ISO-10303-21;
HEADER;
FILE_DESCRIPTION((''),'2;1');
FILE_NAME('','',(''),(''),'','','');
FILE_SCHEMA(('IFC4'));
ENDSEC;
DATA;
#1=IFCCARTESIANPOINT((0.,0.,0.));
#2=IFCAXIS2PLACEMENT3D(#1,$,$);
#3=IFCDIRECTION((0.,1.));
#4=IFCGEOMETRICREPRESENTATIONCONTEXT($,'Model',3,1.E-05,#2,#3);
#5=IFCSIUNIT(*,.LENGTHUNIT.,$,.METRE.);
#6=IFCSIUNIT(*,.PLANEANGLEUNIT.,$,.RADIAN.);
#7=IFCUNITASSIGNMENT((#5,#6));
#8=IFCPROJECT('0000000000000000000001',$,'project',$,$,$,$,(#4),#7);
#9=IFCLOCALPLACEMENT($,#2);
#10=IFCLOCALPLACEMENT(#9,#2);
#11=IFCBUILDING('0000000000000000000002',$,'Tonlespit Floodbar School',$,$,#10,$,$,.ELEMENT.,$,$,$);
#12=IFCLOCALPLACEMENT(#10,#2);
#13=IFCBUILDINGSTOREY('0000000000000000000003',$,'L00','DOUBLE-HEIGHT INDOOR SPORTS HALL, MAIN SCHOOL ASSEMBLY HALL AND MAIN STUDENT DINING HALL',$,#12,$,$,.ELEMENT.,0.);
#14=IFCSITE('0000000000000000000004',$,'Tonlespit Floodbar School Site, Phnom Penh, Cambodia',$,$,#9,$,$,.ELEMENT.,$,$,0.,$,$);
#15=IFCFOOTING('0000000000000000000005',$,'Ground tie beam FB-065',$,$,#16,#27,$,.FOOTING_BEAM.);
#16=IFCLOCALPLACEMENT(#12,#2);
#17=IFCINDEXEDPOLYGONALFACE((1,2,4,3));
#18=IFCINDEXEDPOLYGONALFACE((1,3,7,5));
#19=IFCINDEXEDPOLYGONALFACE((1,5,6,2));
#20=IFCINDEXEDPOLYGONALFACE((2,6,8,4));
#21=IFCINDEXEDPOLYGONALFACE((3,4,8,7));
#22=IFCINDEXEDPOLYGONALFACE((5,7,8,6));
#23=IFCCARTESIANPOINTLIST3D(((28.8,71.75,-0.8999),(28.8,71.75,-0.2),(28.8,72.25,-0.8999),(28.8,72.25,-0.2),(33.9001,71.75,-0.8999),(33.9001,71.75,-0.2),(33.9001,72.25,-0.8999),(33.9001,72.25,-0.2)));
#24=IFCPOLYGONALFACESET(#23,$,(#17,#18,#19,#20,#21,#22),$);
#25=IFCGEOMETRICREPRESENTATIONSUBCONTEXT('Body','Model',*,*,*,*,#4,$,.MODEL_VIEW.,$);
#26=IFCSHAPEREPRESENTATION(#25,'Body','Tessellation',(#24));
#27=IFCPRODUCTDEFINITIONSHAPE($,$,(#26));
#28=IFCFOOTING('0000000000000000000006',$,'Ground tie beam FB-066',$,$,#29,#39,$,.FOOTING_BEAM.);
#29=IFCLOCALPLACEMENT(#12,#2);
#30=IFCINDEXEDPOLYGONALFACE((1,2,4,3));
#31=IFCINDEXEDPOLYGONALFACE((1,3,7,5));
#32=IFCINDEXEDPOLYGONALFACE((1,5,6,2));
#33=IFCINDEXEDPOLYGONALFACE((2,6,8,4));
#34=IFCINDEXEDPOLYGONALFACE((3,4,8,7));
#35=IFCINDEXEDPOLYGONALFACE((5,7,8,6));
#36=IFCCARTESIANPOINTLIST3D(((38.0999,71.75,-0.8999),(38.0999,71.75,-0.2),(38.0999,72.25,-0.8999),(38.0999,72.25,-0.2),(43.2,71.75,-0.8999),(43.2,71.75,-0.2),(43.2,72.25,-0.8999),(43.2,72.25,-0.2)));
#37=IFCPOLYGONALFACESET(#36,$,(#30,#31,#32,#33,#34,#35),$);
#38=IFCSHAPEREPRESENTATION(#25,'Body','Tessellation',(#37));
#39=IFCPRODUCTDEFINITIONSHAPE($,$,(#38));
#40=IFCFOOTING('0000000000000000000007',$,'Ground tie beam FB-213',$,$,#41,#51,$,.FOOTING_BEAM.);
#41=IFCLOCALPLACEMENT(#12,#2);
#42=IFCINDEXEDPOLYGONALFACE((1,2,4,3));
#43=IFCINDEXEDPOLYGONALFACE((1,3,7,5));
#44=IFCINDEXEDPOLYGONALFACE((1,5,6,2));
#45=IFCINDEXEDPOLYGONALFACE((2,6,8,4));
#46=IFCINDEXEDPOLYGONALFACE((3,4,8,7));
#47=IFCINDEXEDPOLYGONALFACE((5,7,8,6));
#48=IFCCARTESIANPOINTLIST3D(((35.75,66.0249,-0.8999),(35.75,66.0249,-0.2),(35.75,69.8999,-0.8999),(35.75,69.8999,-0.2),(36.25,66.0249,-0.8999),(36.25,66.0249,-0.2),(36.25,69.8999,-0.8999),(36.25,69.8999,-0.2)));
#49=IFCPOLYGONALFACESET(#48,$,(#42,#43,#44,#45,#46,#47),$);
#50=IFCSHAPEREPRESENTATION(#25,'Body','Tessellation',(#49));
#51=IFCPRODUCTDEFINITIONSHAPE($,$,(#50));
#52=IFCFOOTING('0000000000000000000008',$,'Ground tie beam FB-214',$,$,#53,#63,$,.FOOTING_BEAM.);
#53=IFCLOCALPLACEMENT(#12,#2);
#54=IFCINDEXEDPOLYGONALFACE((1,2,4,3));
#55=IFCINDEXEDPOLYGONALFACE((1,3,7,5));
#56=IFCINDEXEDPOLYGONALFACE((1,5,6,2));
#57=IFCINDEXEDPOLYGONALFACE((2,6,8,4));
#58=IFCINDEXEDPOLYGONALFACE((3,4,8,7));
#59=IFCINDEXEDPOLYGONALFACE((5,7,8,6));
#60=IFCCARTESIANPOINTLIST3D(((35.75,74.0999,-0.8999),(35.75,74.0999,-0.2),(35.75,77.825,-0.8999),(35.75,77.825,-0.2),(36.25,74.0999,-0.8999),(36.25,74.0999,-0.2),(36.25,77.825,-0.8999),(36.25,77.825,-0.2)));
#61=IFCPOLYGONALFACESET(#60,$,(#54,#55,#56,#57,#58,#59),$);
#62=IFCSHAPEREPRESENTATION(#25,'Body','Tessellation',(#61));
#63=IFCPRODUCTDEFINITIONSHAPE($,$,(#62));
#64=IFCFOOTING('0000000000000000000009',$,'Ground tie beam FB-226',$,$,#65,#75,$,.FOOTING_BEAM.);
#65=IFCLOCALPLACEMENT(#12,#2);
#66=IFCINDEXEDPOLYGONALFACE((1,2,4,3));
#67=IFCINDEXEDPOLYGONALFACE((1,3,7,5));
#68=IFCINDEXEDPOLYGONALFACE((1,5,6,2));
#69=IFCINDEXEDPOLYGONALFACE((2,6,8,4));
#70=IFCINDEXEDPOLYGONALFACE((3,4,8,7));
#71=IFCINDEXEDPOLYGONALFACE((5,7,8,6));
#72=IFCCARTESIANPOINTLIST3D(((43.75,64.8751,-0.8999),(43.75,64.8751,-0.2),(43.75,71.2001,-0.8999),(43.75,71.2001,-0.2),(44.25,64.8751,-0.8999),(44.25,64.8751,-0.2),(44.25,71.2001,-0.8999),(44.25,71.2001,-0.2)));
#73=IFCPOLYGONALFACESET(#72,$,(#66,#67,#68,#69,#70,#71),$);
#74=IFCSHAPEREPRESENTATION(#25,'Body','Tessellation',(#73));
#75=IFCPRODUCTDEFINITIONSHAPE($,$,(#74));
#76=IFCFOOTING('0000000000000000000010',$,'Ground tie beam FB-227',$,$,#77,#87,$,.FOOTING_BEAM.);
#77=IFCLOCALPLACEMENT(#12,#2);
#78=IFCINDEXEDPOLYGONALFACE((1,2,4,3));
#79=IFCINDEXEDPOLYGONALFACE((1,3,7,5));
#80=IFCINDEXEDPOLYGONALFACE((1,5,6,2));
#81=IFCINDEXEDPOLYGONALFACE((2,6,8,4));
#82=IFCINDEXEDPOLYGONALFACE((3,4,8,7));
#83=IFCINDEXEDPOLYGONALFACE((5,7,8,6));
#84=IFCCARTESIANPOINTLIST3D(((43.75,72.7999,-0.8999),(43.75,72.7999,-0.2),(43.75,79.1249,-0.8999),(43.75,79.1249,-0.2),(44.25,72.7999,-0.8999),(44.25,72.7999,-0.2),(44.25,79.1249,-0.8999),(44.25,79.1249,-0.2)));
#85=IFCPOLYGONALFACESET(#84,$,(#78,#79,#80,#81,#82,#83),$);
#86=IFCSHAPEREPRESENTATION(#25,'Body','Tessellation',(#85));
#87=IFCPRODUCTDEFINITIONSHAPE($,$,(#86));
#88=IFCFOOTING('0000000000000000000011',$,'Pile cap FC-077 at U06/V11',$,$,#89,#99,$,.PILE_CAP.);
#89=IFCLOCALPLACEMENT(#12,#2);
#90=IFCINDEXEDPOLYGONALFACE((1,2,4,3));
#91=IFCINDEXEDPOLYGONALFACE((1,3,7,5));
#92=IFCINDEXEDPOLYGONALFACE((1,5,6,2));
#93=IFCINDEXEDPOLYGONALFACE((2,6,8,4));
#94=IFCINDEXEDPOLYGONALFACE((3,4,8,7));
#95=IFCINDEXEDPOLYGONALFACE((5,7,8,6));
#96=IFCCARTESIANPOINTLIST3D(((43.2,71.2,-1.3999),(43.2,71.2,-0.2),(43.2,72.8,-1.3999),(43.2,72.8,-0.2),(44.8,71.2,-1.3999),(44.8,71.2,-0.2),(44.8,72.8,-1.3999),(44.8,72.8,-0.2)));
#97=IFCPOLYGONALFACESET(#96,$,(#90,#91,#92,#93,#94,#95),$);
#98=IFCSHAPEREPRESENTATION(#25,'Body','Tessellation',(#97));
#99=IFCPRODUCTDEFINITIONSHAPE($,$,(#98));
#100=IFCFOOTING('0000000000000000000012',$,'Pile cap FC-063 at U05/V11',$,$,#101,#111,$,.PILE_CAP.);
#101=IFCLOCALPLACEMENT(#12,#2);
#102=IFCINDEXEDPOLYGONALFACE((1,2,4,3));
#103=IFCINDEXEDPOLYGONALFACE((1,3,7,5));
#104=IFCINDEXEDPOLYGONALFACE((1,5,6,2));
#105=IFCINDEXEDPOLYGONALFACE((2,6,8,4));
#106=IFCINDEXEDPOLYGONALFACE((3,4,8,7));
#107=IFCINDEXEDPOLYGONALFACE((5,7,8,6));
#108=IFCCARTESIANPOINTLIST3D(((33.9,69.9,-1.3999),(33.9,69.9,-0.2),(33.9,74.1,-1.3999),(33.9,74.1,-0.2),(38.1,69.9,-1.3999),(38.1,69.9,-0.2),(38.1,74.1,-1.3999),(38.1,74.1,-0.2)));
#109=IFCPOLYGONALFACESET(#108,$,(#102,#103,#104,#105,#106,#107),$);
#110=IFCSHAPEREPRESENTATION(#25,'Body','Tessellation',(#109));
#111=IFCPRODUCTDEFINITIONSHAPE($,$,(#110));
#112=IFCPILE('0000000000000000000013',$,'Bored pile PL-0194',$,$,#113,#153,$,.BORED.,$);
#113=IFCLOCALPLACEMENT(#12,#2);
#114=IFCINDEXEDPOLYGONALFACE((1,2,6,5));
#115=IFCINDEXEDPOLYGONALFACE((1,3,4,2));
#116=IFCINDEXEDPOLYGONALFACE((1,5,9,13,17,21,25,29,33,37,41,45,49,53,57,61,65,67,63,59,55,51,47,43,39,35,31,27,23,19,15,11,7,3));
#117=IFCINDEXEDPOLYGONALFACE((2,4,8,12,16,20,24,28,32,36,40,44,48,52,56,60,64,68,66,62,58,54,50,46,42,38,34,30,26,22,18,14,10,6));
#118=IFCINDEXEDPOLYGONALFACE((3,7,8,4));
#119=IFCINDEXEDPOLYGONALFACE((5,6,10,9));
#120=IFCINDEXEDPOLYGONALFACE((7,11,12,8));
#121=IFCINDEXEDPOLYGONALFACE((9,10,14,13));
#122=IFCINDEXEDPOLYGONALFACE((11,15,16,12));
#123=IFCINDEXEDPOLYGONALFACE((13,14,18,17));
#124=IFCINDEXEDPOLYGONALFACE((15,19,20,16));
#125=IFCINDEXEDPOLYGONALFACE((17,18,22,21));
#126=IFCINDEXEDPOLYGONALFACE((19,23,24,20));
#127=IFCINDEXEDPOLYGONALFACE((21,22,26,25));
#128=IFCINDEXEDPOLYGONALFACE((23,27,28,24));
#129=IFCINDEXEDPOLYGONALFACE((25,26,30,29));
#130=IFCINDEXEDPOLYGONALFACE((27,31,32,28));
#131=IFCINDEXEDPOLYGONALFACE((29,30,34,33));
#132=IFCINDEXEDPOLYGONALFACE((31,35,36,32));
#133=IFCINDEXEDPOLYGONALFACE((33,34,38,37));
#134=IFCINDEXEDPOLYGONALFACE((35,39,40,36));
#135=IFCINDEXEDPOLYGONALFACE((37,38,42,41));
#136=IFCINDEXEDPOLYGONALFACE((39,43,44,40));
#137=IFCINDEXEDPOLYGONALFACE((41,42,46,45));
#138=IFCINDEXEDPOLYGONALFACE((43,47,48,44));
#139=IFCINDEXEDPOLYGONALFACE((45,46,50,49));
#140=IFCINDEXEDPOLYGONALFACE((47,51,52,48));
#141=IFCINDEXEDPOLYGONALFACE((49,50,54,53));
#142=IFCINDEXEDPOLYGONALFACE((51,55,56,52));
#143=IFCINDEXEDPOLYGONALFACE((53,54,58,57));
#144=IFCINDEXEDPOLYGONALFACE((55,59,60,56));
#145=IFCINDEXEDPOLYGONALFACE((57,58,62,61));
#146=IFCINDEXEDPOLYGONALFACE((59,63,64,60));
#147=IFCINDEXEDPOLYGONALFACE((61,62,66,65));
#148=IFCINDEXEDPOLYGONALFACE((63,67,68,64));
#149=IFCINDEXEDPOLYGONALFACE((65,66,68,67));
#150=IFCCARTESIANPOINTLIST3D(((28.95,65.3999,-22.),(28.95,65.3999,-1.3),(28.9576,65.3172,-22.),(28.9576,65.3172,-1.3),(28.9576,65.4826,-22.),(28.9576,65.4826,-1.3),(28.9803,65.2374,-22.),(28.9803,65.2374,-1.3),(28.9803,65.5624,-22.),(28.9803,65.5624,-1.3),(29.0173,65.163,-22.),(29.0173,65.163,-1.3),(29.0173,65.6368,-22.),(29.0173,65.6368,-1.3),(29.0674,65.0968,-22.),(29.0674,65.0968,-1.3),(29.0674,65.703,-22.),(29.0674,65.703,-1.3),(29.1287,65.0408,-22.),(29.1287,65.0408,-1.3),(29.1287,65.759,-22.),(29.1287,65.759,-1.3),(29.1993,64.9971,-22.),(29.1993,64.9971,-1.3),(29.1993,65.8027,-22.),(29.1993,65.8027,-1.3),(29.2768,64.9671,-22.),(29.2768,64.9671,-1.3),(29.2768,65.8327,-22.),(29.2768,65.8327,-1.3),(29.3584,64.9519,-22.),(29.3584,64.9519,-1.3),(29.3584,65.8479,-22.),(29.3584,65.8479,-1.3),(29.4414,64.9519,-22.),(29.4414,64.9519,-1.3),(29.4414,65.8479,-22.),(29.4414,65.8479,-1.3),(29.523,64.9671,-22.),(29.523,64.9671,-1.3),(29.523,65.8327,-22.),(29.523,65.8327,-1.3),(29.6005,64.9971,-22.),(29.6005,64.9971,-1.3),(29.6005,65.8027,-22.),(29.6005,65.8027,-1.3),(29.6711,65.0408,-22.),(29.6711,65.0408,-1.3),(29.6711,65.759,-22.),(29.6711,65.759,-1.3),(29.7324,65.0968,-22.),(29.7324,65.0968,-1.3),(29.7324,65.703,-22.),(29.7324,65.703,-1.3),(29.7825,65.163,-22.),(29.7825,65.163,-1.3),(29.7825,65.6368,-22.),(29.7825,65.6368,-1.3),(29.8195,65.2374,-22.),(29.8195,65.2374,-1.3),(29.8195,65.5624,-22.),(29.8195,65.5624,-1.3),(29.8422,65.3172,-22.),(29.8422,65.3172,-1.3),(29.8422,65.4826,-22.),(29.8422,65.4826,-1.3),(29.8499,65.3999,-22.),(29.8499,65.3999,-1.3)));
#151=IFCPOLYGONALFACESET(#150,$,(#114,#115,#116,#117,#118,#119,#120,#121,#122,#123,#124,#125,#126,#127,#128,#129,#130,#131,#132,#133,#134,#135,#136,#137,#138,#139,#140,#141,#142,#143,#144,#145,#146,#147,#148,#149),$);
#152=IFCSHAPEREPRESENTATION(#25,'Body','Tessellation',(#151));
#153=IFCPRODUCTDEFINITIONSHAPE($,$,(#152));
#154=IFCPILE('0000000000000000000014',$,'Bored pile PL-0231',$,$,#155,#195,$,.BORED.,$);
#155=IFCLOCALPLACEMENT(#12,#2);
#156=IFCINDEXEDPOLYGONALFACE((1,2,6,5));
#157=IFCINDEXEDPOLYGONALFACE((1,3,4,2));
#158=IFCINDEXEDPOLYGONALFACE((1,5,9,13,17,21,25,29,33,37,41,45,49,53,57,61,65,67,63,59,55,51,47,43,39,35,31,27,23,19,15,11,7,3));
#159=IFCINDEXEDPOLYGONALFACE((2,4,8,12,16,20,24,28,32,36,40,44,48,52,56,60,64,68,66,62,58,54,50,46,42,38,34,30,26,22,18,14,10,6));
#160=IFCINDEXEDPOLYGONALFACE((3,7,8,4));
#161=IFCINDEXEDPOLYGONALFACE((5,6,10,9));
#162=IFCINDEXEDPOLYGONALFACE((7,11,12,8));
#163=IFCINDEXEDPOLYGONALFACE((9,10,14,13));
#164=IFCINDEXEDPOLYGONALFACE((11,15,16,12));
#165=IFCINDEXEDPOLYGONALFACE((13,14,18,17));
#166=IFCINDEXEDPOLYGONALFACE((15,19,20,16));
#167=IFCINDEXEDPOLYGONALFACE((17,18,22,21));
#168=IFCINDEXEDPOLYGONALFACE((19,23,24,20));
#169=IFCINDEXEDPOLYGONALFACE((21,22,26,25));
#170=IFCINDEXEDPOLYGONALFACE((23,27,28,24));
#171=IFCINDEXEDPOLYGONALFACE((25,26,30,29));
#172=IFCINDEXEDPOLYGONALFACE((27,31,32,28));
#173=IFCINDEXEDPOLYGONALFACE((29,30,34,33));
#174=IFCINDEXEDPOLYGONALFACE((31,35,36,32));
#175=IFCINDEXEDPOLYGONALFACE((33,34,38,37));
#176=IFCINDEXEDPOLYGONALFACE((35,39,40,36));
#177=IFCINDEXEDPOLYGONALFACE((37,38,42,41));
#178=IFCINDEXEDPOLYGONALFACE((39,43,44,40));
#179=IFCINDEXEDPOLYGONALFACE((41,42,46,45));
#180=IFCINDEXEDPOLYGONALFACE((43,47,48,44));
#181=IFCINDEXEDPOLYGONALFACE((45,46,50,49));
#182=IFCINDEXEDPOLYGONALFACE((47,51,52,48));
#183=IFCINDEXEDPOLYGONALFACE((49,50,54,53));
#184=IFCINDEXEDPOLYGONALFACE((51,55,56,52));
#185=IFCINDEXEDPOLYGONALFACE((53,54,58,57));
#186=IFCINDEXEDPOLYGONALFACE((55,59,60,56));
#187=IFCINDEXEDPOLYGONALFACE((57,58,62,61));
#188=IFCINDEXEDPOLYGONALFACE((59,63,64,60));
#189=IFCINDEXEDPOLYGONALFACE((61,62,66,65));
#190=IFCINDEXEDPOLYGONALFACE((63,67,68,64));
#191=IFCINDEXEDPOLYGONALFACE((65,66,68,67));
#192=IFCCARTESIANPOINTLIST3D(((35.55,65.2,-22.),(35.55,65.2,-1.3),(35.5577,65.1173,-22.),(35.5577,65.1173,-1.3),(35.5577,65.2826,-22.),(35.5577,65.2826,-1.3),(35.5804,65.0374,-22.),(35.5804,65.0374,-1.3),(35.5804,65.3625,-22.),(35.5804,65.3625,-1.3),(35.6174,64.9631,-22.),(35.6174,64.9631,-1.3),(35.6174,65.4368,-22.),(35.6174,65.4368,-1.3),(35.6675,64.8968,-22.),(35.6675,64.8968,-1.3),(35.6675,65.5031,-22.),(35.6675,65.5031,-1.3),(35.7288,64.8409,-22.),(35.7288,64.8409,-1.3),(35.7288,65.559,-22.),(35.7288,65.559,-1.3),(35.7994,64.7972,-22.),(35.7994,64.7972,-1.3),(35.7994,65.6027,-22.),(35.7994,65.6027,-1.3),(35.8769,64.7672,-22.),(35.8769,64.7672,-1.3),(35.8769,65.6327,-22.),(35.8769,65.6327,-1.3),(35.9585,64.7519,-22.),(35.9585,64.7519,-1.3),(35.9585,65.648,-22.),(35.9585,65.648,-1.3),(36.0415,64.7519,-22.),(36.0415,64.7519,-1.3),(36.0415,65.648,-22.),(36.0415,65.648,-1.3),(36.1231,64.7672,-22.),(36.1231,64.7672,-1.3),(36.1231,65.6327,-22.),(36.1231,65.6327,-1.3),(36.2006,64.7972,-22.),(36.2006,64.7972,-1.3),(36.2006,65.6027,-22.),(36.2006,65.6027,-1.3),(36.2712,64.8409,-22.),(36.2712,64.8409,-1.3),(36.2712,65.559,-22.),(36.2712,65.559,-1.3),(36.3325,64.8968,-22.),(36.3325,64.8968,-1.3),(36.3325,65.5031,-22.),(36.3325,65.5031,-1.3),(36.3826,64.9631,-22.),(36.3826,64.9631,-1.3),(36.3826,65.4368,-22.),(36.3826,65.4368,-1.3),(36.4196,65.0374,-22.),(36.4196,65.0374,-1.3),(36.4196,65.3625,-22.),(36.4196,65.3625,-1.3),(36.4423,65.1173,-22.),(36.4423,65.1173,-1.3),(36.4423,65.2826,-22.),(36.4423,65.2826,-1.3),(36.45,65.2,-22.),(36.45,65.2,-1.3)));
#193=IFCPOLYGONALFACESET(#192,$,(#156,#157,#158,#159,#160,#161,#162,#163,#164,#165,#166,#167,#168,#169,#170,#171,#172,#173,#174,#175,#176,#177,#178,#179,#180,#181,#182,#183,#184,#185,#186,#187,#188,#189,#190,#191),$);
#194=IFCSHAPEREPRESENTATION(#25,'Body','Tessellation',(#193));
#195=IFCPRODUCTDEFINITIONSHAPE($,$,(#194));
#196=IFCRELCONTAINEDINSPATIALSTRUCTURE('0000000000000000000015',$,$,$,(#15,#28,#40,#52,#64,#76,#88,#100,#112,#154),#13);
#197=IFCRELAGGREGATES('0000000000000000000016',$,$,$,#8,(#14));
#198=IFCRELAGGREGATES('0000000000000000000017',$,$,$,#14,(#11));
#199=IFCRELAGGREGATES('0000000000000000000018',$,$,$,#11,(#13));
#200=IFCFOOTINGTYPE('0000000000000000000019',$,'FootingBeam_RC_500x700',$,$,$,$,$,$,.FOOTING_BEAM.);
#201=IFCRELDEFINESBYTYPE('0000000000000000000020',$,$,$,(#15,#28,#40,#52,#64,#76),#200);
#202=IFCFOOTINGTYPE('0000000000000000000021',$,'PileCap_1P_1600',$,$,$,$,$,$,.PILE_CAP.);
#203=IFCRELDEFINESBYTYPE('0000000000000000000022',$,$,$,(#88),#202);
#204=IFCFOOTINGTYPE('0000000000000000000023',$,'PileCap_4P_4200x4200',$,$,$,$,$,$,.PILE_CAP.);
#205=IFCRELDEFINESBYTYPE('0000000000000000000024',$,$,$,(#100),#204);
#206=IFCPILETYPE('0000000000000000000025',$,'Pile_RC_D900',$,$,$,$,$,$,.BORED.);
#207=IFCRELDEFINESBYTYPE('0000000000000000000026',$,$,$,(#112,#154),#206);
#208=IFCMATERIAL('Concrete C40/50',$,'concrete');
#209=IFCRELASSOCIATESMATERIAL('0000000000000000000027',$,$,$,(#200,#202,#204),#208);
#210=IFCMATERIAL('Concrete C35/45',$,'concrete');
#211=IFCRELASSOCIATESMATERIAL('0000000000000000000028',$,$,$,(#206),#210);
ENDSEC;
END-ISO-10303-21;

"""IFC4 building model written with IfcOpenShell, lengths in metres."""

from ifc_helpers import new_model, si_unit, direction, frame, origin, origin_2d, place, context, subcontext, project, spatial, rectangle, circle, extrude, material, material_profile, profile_set, type_object, element, save


model = new_model("IFC4")

# Units and contexts
model_context = context("Model", 3, precision=1e-05, world=origin(), true_north=direction((0.0, 1.0)))
body_context = subcontext(model_context, "Body", "Model", "MODEL_VIEW")
ifc_project = project(units=[si_unit("LENGTHUNIT", "METRE"), si_unit("PLANEANGLEUNIT", "RADIAN")], contexts=[model_context])

# Site, building, storey
site_placement = place(None, origin())
site = spatial("IfcSite", under=ifc_project, at=site_placement, Name="Tonlespit Floodbar School Site, Phnom Penh, Cambodia", CompositionType="ELEMENT", RefElevation=0.0)
building_placement = place(site_placement, origin())
building = spatial("IfcBuilding", under=site, at=building_placement, Name="Tonlespit Floodbar School", CompositionType="ELEMENT")
storey_placement = place(building_placement, origin())
storey = spatial("IfcBuildingStorey", under=building, at=storey_placement, Name="L00", Description="DOUBLE-HEIGHT INDOOR SPORTS HALL, MAIN SCHOOL ASSEMBLY HALL AND MAIN STUDENT DINING HALL", CompositionType="ELEMENT", Elevation=0.0)

# Footings
ifc_material_1 = material(Name="Concrete C40/50", Category="concrete")
footing_type_1 = type_object("IfcFootingType", Name="FootingBeam_RC_500x700", PredefinedType="FOOTING_BEAM", material=ifc_material_1)
for number, where, z_axis, x_axis, name in (
    (1, (31.3501, 72.0, -0.8999), (0.0, 0.0, 1.0), (1.0, 0.0, 0.0), "Ground tie beam FB-065"),
    (2, (40.6499, 72.0, -0.8999), (0.0, 0.0, 1.0), (1.0, 0.0, 0.0), "Ground tie beam FB-066"),
):
    element("IfcFooting", number, at=place(storey_placement, frame(where, z_axis=z_axis, x_axis=x_axis)), inside=storey, type_object=footing_type_1, Name=name, PredefinedType="FOOTING_BEAM", context=body_context, shape_type="SweptSolid", body=[
        extrude(rectangle(XDim=5.1001, YDim=0.5, at=origin_2d()), origin(), (0.0, 0.0, 1.0), 0.7),
    ])
footing_1_placement = place(storey_placement, frame((36.0, 67.9624, -0.8999), z_axis=(0.0, 0.0, 1.0), x_axis=(0.0, 1.0, 0.0)))
element("IfcFooting", 3, at=footing_1_placement, inside=storey, type_object=footing_type_1, Name="Ground tie beam FB-213", PredefinedType="FOOTING_BEAM", context=body_context, shape_type="SweptSolid", body=[
    extrude(rectangle(XDim=3.875, YDim=0.5, at=origin_2d()), origin(), (0.0, 0.0, 1.0), 0.7),
])
footing_2_placement = place(storey_placement, frame((36.0, 75.9624, -0.8999), z_axis=(0.0, 0.0, 1.0), x_axis=(0.0, 1.0, 0.0)))
element("IfcFooting", 4, at=footing_2_placement, inside=storey, type_object=footing_type_1, Name="Ground tie beam FB-214", PredefinedType="FOOTING_BEAM", context=body_context, shape_type="SweptSolid", body=[
    extrude(rectangle(XDim=3.7251, YDim=0.5, at=origin_2d()), origin(), (0.0, 0.0, 1.0), 0.7),
])
for number, where, z_axis, x_axis, name in (
    (5, (44.0, 68.0376, -0.8999), (0.0, 0.0, 1.0), (0.0, 1.0, 0.0), "Ground tie beam FB-226"),
    (6, (44.0, 75.9624, -0.8999), (0.0, 0.0, 1.0), (0.0, 1.0, 0.0), "Ground tie beam FB-227"),
):
    element("IfcFooting", number, at=place(storey_placement, frame(where, z_axis=z_axis, x_axis=x_axis)), inside=storey, type_object=footing_type_1, Name=name, PredefinedType="FOOTING_BEAM", context=body_context, shape_type="SweptSolid", body=[
        extrude(rectangle(XDim=6.325, YDim=0.5, at=origin_2d()), origin(), (0.0, 0.0, 1.0), 0.7),
    ])
footing_type_2 = type_object("IfcFootingType", Name="PileCap_1P_1600", PredefinedType="PILE_CAP", material=ifc_material_1)
footing_3_placement = place(storey_placement, frame((44.0, 72.0, -1.3999), z_axis=(0.0, 0.0, 1.0), x_axis=(1.0, 0.0, 0.0)))
element("IfcFooting", 7, at=footing_3_placement, inside=storey, type_object=footing_type_2, Name="Pile cap FC-077 at U06/V11", PredefinedType="PILE_CAP", context=body_context, shape_type="SweptSolid", body=[
    extrude(rectangle(XDim=1.6001, YDim=1.6001, at=origin_2d()), origin(), (0.0, 0.0, 1.0), 1.2),
])
footing_type_3 = type_object("IfcFootingType", Name="PileCap_4P_4200x4200", PredefinedType="PILE_CAP", material=ifc_material_1)
footing_4_placement = place(storey_placement, frame((36.0, 72.0, -1.3999), z_axis=(0.0, 0.0, 1.0), x_axis=(1.0, 0.0, 0.0)))
element("IfcFooting", 8, at=footing_4_placement, inside=storey, type_object=footing_type_3, Name="Pile cap FC-063 at U05/V11", PredefinedType="PILE_CAP", context=body_context, shape_type="SweptSolid", body=[
    extrude(rectangle(XDim=4.2, YDim=4.2, at=origin_2d()), origin(), (0.0, 0.0, 1.0), 1.2),
])

# Piles
ifc_material_2 = material(Name="Concrete C35/45", Category="concrete")
ifc_material_profile_1 = material_profile(ifc_material_2, circle(Radius=0.45, at=origin_2d()), Name="BP D900")
ifc_profile_set_1 = profile_set([ifc_material_profile_1], Name="Concrete C35/45")
pile_type = type_object("IfcPileType", Name="Pile_RC_D900", PredefinedType="BORED", material=ifc_profile_set_1)
for number, where, z_axis, x_axis, name in (
    (9, (29.3999, 65.3999, -1.3), (0.0, 0.0, -1.0), (1.0, 0.0, 0.0), "Bored pile PL-0194"),
    (10, (36.0, 65.2, -1.3), (0.0, 0.0, -1.0), (1.0, 0.0, 0.0), "Bored pile PL-0231"),
):
    element("IfcPile", number, at=place(storey_placement, frame(where, z_axis=z_axis, x_axis=x_axis)), inside=storey, type_object=pile_type, Name=name, PredefinedType="BORED", context=body_context, shape_type="SweptSolid", body=[
        extrude(circle(Radius=0.45, at=origin_2d()), origin(), (0.0, 0.0, 1.0), 20.7),
    ])

save(model, "model.ifc")
